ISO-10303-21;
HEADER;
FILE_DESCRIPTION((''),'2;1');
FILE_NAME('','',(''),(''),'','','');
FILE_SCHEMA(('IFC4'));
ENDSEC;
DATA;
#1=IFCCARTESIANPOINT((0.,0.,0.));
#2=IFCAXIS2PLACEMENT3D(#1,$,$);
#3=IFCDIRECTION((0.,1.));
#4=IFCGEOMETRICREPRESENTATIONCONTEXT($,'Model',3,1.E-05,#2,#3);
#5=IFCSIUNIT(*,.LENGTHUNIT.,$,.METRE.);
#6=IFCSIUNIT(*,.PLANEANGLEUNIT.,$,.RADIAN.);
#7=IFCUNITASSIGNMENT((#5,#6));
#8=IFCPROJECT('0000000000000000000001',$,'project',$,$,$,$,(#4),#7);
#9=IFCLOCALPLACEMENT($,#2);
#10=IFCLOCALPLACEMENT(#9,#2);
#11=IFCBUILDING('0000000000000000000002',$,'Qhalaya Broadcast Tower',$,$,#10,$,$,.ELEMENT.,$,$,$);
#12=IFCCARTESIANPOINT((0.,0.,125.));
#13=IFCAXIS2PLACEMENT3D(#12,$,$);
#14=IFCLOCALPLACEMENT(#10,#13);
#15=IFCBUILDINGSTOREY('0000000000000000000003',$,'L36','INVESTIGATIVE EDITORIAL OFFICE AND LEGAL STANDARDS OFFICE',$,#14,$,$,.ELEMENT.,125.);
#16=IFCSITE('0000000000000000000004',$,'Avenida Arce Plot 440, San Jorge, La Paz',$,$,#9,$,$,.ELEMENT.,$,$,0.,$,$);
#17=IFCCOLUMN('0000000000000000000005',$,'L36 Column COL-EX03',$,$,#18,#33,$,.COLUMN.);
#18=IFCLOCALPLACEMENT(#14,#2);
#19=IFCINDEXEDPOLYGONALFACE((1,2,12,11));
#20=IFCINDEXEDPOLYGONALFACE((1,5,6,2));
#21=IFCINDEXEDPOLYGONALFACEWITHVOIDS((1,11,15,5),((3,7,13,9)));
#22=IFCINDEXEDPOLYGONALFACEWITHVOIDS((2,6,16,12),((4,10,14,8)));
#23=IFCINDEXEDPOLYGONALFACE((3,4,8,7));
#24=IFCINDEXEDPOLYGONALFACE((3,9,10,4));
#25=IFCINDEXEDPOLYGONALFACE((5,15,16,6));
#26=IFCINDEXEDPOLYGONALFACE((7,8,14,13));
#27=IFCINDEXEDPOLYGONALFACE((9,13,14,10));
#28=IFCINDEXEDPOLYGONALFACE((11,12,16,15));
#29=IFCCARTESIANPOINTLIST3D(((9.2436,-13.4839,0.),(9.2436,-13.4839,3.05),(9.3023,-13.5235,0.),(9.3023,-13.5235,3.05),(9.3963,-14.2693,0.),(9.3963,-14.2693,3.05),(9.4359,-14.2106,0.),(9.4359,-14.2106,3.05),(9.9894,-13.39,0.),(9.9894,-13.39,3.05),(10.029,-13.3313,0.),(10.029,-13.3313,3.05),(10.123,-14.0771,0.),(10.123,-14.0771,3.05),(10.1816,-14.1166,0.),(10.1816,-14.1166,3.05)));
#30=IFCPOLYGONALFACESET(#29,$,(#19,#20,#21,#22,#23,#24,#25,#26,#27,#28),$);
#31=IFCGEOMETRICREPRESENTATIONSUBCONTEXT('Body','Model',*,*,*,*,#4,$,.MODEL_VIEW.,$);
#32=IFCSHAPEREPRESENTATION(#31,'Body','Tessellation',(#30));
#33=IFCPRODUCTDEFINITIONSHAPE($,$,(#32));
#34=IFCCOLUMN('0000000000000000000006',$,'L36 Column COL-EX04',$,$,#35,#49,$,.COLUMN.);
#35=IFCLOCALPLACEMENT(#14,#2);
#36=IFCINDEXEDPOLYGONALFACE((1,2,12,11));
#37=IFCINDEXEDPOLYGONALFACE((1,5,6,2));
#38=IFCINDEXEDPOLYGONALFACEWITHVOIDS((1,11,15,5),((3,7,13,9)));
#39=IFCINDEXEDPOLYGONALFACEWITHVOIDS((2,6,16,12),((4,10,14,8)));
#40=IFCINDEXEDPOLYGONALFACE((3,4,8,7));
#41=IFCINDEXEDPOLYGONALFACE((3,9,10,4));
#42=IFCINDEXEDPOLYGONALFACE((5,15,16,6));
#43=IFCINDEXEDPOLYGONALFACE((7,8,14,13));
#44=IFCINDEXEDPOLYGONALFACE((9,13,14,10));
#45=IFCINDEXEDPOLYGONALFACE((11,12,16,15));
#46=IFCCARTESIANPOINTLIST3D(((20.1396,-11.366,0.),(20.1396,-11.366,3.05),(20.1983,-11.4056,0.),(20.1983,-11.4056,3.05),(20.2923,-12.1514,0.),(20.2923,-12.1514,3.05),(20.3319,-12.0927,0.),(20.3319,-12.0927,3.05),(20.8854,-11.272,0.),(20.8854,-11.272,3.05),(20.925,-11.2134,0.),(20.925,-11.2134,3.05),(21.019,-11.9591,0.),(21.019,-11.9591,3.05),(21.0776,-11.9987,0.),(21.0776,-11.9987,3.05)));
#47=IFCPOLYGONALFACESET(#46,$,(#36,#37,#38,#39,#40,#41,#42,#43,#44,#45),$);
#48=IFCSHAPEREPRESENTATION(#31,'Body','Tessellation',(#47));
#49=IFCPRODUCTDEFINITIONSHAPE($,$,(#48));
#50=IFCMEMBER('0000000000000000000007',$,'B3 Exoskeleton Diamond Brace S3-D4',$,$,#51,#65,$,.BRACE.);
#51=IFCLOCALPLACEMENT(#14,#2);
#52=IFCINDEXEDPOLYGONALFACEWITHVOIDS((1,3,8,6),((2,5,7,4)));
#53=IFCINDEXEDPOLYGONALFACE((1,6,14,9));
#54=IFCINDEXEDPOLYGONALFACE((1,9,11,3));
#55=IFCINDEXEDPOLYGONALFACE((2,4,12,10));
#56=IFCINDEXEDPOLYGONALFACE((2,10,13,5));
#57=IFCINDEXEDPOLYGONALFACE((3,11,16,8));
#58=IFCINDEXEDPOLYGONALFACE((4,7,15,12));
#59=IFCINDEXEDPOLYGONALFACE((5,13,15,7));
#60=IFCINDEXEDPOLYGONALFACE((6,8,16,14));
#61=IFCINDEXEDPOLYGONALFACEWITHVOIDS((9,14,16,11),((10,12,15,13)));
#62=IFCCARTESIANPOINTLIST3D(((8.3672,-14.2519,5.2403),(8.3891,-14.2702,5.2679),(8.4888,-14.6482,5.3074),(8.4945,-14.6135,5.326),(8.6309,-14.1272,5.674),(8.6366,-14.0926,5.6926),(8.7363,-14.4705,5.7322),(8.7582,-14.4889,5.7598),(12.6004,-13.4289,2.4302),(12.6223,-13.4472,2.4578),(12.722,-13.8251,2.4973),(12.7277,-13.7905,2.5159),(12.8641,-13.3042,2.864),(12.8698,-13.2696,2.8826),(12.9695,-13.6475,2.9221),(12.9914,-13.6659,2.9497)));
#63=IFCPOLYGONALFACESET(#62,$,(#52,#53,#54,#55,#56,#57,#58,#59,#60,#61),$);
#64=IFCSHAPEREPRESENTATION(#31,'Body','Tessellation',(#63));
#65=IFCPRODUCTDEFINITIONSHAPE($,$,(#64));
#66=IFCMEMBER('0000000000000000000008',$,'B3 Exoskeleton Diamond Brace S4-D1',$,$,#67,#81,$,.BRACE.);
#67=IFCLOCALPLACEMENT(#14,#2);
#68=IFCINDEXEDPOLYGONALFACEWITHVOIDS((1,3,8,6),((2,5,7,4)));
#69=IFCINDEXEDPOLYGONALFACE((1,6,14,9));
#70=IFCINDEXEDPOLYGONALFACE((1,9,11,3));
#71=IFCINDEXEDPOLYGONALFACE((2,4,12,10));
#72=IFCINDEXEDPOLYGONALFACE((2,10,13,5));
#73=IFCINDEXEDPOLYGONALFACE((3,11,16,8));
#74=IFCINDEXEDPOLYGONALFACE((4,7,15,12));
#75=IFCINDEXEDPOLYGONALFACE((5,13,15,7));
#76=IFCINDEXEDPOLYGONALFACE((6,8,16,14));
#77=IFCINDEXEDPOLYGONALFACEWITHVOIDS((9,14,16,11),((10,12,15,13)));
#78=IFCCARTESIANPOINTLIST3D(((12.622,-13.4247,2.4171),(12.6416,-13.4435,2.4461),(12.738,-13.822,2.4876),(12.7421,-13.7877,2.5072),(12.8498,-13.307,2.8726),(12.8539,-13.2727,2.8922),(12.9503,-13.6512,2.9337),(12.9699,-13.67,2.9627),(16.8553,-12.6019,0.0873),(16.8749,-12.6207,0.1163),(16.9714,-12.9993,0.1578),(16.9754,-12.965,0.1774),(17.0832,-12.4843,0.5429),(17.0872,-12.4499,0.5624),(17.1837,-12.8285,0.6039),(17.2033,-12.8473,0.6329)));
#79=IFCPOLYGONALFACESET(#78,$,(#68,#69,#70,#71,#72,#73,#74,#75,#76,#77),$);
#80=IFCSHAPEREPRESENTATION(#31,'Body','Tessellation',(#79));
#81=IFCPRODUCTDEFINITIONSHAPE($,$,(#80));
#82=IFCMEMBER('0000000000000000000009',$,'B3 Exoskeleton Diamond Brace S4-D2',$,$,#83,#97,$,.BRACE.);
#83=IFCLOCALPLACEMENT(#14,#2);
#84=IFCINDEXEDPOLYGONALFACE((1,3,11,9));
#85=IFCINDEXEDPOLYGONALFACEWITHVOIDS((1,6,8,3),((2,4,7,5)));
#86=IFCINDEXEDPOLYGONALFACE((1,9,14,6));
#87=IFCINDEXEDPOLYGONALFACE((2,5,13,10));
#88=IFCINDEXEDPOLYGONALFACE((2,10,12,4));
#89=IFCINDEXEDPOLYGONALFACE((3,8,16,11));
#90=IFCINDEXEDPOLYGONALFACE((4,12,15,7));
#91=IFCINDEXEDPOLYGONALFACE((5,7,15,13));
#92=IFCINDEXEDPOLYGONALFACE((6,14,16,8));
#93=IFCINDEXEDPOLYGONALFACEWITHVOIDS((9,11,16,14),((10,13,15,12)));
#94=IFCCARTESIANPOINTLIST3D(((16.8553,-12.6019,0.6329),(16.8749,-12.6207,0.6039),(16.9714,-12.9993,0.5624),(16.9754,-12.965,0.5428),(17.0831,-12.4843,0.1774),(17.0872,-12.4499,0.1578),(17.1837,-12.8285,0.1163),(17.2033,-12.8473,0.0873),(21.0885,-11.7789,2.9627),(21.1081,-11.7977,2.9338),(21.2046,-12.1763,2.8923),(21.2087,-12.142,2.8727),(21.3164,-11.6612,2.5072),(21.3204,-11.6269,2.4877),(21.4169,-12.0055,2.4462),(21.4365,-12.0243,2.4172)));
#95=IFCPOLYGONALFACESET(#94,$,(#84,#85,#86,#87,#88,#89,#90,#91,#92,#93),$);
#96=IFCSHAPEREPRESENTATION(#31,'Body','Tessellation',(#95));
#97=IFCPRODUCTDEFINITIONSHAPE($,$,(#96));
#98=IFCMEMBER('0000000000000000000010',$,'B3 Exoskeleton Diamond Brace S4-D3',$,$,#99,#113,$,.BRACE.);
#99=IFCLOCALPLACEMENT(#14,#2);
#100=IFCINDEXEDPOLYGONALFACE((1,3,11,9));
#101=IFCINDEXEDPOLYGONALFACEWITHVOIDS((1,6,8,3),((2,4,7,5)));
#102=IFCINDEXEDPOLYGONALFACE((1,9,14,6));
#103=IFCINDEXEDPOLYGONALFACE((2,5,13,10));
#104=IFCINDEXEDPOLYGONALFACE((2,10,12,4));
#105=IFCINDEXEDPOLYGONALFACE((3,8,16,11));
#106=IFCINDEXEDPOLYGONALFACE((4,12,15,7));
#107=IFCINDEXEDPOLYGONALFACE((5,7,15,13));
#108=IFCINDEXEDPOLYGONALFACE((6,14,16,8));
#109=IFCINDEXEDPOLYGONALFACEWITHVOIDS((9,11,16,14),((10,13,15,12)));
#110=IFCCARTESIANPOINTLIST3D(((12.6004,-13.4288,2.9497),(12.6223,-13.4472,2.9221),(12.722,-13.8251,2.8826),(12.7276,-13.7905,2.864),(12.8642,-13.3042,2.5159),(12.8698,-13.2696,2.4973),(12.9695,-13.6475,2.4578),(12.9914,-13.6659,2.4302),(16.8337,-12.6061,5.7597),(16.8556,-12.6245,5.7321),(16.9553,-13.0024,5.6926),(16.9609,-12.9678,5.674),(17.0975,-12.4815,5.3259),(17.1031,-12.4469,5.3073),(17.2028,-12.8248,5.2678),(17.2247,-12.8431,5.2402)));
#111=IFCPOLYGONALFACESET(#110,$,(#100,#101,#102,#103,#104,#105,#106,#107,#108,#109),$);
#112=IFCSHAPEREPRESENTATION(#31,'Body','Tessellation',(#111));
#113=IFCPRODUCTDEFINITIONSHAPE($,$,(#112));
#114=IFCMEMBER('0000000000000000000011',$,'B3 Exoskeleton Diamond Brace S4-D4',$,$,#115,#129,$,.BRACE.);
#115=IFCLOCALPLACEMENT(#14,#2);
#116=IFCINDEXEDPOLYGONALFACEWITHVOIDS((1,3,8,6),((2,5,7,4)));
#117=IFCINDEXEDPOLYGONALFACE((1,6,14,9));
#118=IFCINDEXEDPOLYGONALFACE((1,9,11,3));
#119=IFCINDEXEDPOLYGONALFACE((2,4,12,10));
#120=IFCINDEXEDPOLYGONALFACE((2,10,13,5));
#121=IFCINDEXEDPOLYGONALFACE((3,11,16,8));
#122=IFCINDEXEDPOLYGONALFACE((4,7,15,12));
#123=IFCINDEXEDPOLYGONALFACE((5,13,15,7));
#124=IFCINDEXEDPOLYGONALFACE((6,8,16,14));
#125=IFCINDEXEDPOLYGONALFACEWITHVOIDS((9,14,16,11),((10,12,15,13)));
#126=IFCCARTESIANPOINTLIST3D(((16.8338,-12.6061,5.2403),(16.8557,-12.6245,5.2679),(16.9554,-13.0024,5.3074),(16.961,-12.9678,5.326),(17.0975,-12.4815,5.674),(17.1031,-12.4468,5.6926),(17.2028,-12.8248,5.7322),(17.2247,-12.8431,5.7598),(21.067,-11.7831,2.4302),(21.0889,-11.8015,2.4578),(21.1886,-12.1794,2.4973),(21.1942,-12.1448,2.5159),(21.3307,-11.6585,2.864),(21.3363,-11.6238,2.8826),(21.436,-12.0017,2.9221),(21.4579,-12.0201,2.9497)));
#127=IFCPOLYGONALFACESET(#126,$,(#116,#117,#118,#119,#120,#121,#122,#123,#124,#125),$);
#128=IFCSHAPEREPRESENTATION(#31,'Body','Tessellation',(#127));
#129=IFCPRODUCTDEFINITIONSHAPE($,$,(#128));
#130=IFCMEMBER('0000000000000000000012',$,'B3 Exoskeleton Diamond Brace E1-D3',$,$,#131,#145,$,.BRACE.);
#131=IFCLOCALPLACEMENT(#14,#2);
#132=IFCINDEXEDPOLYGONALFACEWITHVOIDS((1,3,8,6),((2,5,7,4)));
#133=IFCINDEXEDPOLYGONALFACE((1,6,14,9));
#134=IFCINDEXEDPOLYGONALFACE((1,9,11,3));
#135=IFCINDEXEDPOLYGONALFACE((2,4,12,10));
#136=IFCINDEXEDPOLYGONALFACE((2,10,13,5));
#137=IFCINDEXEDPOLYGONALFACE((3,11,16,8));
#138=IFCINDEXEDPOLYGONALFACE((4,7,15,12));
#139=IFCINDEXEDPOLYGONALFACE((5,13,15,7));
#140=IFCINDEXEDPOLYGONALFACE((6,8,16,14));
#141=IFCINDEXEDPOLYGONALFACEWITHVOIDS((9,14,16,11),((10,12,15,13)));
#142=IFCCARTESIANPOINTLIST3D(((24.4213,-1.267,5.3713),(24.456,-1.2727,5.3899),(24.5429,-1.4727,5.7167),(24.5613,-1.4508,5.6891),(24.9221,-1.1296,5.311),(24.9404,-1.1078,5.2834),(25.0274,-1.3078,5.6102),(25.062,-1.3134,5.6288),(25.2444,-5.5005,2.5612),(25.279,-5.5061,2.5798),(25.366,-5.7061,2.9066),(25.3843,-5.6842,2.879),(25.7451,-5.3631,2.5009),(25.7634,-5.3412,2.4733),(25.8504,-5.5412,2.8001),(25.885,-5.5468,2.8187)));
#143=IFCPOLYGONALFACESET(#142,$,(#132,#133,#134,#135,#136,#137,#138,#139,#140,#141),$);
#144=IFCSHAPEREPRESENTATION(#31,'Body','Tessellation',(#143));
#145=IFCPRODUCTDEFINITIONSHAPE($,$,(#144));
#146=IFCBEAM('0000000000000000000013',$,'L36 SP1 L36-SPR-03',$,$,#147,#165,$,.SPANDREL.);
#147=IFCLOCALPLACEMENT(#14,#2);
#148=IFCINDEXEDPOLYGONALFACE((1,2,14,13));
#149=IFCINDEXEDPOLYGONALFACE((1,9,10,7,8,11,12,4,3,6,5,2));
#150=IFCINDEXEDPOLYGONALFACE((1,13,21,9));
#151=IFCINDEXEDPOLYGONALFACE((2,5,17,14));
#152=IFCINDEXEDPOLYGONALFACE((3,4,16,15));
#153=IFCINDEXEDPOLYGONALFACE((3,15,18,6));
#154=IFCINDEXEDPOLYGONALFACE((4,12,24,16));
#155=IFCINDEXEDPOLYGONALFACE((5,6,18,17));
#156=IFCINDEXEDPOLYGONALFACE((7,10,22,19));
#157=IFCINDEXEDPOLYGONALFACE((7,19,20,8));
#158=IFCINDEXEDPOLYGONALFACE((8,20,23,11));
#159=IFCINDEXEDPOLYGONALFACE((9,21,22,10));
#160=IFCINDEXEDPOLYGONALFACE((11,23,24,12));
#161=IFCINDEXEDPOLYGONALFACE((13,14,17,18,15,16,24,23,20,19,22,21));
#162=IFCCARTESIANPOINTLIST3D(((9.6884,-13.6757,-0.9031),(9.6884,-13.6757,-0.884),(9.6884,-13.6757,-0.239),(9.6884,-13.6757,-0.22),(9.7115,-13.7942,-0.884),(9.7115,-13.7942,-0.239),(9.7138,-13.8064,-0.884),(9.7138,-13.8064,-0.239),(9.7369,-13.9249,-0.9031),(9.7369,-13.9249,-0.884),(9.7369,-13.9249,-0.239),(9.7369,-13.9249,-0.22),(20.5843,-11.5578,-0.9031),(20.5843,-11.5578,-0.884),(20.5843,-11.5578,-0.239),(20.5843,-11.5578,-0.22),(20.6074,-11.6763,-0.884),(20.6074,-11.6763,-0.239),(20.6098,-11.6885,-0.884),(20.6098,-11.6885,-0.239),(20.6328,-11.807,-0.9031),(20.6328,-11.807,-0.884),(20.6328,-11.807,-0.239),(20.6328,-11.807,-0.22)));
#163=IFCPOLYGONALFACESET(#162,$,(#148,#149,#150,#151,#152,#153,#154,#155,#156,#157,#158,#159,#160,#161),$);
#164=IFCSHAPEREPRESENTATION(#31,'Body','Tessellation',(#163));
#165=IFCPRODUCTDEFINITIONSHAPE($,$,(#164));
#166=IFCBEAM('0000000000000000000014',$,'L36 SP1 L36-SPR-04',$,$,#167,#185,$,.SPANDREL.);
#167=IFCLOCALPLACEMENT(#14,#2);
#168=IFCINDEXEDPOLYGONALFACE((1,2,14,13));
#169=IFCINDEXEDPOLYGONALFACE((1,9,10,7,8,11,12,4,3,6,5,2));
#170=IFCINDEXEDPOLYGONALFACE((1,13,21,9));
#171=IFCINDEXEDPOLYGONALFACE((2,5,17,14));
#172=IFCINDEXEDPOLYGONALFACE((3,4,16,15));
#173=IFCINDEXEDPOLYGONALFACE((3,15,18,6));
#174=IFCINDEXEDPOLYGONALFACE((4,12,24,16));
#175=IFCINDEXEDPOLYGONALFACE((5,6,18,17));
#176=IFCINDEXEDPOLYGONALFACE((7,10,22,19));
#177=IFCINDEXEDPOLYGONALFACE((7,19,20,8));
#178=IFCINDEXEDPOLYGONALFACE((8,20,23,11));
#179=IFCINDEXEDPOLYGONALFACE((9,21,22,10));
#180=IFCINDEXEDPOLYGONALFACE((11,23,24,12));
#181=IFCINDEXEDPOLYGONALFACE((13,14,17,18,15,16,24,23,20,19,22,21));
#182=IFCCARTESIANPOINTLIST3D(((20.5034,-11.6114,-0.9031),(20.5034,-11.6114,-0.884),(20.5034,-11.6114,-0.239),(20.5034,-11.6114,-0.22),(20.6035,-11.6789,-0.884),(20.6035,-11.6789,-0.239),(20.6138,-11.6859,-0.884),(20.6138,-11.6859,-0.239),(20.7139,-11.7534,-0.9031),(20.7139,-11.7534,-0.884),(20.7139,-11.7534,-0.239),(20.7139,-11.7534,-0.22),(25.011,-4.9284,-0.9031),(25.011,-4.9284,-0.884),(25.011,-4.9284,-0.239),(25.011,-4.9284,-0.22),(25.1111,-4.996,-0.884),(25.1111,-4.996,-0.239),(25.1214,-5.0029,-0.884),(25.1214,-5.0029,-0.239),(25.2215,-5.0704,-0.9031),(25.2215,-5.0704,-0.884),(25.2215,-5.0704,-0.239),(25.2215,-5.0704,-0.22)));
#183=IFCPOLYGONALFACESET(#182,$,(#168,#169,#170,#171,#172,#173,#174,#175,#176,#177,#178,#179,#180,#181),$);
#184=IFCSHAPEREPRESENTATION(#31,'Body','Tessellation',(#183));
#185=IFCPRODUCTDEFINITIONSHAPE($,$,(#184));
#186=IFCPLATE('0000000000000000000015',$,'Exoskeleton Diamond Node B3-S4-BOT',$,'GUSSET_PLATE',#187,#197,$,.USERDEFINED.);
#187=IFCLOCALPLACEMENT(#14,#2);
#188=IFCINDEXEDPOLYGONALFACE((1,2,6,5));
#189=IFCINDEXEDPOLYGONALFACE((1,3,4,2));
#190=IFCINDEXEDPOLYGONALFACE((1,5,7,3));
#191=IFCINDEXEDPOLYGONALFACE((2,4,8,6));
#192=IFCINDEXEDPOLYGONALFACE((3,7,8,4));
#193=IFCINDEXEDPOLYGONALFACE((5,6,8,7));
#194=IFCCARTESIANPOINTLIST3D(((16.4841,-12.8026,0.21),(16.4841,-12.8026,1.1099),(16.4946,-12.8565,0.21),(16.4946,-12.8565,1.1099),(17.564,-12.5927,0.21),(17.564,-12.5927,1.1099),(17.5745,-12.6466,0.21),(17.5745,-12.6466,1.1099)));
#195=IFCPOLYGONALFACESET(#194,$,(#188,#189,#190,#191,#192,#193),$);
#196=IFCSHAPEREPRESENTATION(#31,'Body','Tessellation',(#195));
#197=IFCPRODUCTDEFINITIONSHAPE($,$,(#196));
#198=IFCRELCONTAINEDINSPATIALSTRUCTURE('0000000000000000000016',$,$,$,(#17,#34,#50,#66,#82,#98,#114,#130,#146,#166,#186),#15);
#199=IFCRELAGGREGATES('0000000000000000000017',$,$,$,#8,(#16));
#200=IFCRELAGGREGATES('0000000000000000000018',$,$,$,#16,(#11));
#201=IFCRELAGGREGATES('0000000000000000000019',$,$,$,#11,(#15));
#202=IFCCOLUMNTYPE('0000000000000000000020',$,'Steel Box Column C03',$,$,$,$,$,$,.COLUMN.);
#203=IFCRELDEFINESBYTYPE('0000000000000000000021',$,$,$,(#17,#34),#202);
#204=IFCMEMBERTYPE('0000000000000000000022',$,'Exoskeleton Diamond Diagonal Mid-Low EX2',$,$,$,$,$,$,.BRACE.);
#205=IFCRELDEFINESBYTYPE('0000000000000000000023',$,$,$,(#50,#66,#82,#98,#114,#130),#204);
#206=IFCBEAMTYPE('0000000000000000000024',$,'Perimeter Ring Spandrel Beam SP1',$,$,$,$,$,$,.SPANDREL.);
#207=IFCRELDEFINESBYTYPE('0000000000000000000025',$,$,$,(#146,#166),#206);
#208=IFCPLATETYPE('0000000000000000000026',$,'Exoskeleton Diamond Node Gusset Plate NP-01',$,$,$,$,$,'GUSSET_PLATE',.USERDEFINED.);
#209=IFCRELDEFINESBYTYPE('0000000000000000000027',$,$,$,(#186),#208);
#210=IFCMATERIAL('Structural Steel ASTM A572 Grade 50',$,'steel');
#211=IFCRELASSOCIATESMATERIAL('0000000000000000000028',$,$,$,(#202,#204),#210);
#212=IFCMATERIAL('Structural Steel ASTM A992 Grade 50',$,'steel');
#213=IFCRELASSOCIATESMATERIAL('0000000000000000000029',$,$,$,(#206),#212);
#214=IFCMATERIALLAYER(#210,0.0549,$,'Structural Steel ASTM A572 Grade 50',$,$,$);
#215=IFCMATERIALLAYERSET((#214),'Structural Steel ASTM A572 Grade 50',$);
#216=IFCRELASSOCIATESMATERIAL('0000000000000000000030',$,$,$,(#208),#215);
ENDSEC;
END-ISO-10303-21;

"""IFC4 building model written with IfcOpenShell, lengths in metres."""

from ifc_helpers import new_model, si_unit, direction, frame, origin, origin_2d, place, context, subcontext, project, spatial, rectangle, hollow_rectangle, i_section, extrude, material, layer, layer_set, material_profile, profile_set, type_object, element, save


model = new_model("IFC4")

# Units and contexts
model_context = context("Model", 3, precision=1e-05, world=origin(), true_north=direction((0.0, 1.0)))
body_context = subcontext(model_context, "Body", "Model", "MODEL_VIEW")
ifc_project = project(units=[si_unit("LENGTHUNIT", "METRE"), si_unit("PLANEANGLEUNIT", "RADIAN")], contexts=[model_context])

# Site, building, storey
site_placement = place(None, origin())
site = spatial("IfcSite", under=ifc_project, at=site_placement, Name="Avenida Arce Plot 440, San Jorge, La Paz", CompositionType="ELEMENT", RefElevation=0.0)
building_placement = place(site_placement, origin())
building = spatial("IfcBuilding", under=site, at=building_placement, Name="Qhalaya Broadcast Tower", CompositionType="ELEMENT")
storey_placement = place(building_placement, frame((0.0, 0.0, 125.0)))
storey = spatial("IfcBuildingStorey", under=building, at=storey_placement, Name="L36", Description="INVESTIGATIVE EDITORIAL OFFICE AND LEGAL STANDARDS OFFICE", CompositionType="ELEMENT", Elevation=125.0)

# Columns
ifc_material_1 = material(Name="Structural Steel ASTM A572 Grade 50", Category="steel")
ifc_material_profile_1 = material_profile(ifc_material_1, hollow_rectangle(XDim=0.8, YDim=0.8, WallThickness=0.05, at=origin_2d()), Name="BOX 800x800x50")
ifc_profile_set_1 = profile_set([ifc_material_profile_1], Name="Structural Steel ASTM A572 Grade 50")
column_type = type_object("IfcColumnType", Name="Steel Box Column C03", PredefinedType="COLUMN", material=ifc_profile_set_1)
for number, where, z_axis, x_axis, name in (
    (1, (9.7126, -13.8003, 0.0), (0.0, 0.0, 1.0), (0.981627, 0.190809, 0.0), "L36 Column COL-EX03"),
    (2, (20.6086, -11.6824, 0.0), (0.0, 0.0, 1.0), (0.981627, 0.190809, 0.0), "L36 Column COL-EX04"),
):
    element("IfcColumn", number, at=place(storey_placement, frame(where, z_axis=z_axis, x_axis=x_axis)), inside=storey, type_object=column_type, Name=name, PredefinedType="COLUMN", context=body_context, shape_type="SweptSolid", body=[
        extrude(hollow_rectangle(XDim=0.8, YDim=0.8, WallThickness=0.05, at=origin_2d()), origin(), (0.0, 0.0, 1.0), 3.05),
    ])

# Members
ifc_material_profile_2 = material_profile(ifc_material_1, hollow_rectangle(XDim=0.4199, YDim=0.55, WallThickness=0.0281, at=origin_2d()), Name="BOX 420x550x28")
ifc_profile_set_2 = profile_set([ifc_material_profile_2], Name="Structural Steel ASTM A572 Grade 50")
member_type = type_object("IfcMemberType", Name="Exoskeleton Diamond Diagonal Mid-Low EX2", PredefinedType="BRACE", material=ifc_profile_set_2)
member_1_placement = place(storey_placement, frame((12.7959, -13.5474, 2.6899), z_axis=(-0.822424, -0.159893, 0.545943), x_axis=(0.289594, -0.943705, 0.159864)))
element("IfcMember", 3, at=member_1_placement, inside=storey, type_object=member_type, Name="B3 Exoskeleton Diamond Brace S3-D4", PredefinedType="BRACE", context=body_context, shape_type="SweptSolid", body=[
    extrude(hollow_rectangle(XDim=0.4199, YDim=0.55, WallThickness=0.0281, at=origin_2d()), origin(), (0.0, 0.0, 1.0), 5.1472),
])
for number, where, z_axis, x_axis, name in (
    (4, (17.0293, -12.7246, 0.3601), (-0.863658, -0.167851, 0.475311), (0.276301, -0.946295, 0.167877), "B3 Exoskeleton Diamond Brace S4-D1"),
    (5, (17.0293, -12.7246, 0.3601), (0.863638, 0.167906, 0.475327), (-0.276367, 0.946276, 0.167875), "B3 Exoskeleton Diamond Brace S4-D2"),
):
    element("IfcMember", number, at=place(storey_placement, frame(where, z_axis=z_axis, x_axis=x_axis)), inside=storey, type_object=member_type, Name=name, PredefinedType="BRACE", context=body_context, shape_type="SweptSolid", body=[
        extrude(hollow_rectangle(XDim=0.4199, YDim=0.55, WallThickness=0.0281, at=origin_2d()), origin(), (0.0, 0.0, 1.0), 4.9016),
    ])
for number, where, z_axis, x_axis, name in (
    (6, (12.7959, -13.5474, 2.6899), (0.822445, 0.159841, 0.545925), (-0.289528, 0.943725, 0.159866), "B3 Exoskeleton Diamond Brace S4-D3"),
    (7, (21.2625, -11.9016, 2.6899), (-0.822424, -0.159893, 0.545943), (0.289594, -0.943705, 0.159864), "B3 Exoskeleton Diamond Brace S4-D4"),
):
    element("IfcMember", number, at=place(storey_placement, frame(where, z_axis=z_axis, x_axis=x_axis)), inside=storey, type_object=member_type, Name=name, PredefinedType="BRACE", context=body_context, shape_type="SweptSolid", body=[
        extrude(hollow_rectangle(XDim=0.4199, YDim=0.55, WallThickness=0.0281, at=origin_2d()), origin(), (0.0, 0.0, 1.0), 5.1472),
    ])
member_2_placement = place(storey_placement, frame((25.5647, -5.5237, 2.6899), z_axis=(-0.159887, 0.822439, 0.545921), x_axis=(0.289568, -0.48963, 0.822443)))
element("IfcMember", 8, at=member_2_placement, inside=storey, type_object=member_type, Name="B3 Exoskeleton Diamond Brace E1-D3", PredefinedType="BRACE", context=body_context, shape_type="SweptSolid", body=[
    extrude(hollow_rectangle(XDim=0.4199, YDim=0.55, WallThickness=0.0281, at=origin_2d()), origin(), (0.0, 0.0, 1.0), 5.1475),
])

# Beams
ifc_material_2 = material(Name="Structural Steel ASTM A992 Grade 50", Category="steel")
ifc_material_profile_3 = material_profile(ifc_material_2, i_section(OverallWidth=0.2539, OverallDepth=0.6831, WebThickness=0.0125, FlangeThickness=0.019, at=origin_2d()), Name="W27X94")
ifc_profile_set_3 = profile_set([ifc_material_profile_3], Name="Structural Steel ASTM A992 Grade 50")
beam_type = type_object("IfcBeamType", Name="Perimeter Ring Spandrel Beam SP1", PredefinedType="SPANDREL", material=ifc_profile_set_3)
beam_1_placement = place(storey_placement, frame((9.7126, -13.8003, -0.5615), z_axis=(0.981628, 0.190805, 0.0), x_axis=(-0.190805, 0.981628, 0.0)))
element("IfcBeam", 9, at=beam_1_placement, inside=storey, type_object=beam_type, Name="L36 SP1 L36-SPR-03", PredefinedType="SPANDREL", context=body_context, shape_type="SweptSolid", body=[
    extrude(i_section(OverallWidth=0.2539, OverallDepth=0.6831, WebThickness=0.0125, FlangeThickness=0.019, at=origin_2d()), origin(), (0.0, 0.0, 1.0), 11.0999),
])
beam_2_placement = place(storey_placement, frame((20.6086, -11.6824, -0.5615), z_axis=(0.559186, 0.829042, 0.0), x_axis=(-0.829042, 0.559186, 0.0)))
element("IfcBeam", 10, at=beam_2_placement, inside=storey, type_object=beam_type, Name="L36 SP1 L36-SPR-04", PredefinedType="SPANDREL", context=body_context, shape_type="SweptSolid", body=[
    extrude(i_section(OverallWidth=0.2539, OverallDepth=0.6831, WebThickness=0.0125, FlangeThickness=0.019, at=origin_2d()), origin(), (0.0, 0.0, 1.0), 8.061),
])

# Plate
ifc_layer_1 = layer(ifc_material_1, 0.0549, Name="Structural Steel ASTM A572 Grade 50")
ifc_layer_set_1 = layer_set([ifc_layer_1], Name="Structural Steel ASTM A572 Grade 50")
plate_type_1 = type_object("IfcPlateType", Name="Exoskeleton Diamond Node Gusset Plate NP-01", ElementType="GUSSET_PLATE", PredefinedType="USERDEFINED", material=ifc_layer_set_1)
for number, where, z_axis, x_axis, name in (
    (11, (17.0293, -12.7246, 0.21), (0.0, 0.0, 1.0), (0.981627, 0.190809, 0.0), "Exoskeleton Diamond Node B3-S4-BOT"),
):
    element("IfcPlate", number, at=place(storey_placement, frame(where, z_axis=z_axis, x_axis=x_axis)), inside=storey, type_object=plate_type_1, Name=name, ObjectType="GUSSET_PLATE", PredefinedType="USERDEFINED", context=body_context, shape_type="SweptSolid", body=[
        extrude(rectangle(XDim=1.1001, YDim=0.0549, at=origin_2d()), origin(), (0.0, 0.0, 1.0), 0.8999),
    ])

save(model, "model.ifc")
